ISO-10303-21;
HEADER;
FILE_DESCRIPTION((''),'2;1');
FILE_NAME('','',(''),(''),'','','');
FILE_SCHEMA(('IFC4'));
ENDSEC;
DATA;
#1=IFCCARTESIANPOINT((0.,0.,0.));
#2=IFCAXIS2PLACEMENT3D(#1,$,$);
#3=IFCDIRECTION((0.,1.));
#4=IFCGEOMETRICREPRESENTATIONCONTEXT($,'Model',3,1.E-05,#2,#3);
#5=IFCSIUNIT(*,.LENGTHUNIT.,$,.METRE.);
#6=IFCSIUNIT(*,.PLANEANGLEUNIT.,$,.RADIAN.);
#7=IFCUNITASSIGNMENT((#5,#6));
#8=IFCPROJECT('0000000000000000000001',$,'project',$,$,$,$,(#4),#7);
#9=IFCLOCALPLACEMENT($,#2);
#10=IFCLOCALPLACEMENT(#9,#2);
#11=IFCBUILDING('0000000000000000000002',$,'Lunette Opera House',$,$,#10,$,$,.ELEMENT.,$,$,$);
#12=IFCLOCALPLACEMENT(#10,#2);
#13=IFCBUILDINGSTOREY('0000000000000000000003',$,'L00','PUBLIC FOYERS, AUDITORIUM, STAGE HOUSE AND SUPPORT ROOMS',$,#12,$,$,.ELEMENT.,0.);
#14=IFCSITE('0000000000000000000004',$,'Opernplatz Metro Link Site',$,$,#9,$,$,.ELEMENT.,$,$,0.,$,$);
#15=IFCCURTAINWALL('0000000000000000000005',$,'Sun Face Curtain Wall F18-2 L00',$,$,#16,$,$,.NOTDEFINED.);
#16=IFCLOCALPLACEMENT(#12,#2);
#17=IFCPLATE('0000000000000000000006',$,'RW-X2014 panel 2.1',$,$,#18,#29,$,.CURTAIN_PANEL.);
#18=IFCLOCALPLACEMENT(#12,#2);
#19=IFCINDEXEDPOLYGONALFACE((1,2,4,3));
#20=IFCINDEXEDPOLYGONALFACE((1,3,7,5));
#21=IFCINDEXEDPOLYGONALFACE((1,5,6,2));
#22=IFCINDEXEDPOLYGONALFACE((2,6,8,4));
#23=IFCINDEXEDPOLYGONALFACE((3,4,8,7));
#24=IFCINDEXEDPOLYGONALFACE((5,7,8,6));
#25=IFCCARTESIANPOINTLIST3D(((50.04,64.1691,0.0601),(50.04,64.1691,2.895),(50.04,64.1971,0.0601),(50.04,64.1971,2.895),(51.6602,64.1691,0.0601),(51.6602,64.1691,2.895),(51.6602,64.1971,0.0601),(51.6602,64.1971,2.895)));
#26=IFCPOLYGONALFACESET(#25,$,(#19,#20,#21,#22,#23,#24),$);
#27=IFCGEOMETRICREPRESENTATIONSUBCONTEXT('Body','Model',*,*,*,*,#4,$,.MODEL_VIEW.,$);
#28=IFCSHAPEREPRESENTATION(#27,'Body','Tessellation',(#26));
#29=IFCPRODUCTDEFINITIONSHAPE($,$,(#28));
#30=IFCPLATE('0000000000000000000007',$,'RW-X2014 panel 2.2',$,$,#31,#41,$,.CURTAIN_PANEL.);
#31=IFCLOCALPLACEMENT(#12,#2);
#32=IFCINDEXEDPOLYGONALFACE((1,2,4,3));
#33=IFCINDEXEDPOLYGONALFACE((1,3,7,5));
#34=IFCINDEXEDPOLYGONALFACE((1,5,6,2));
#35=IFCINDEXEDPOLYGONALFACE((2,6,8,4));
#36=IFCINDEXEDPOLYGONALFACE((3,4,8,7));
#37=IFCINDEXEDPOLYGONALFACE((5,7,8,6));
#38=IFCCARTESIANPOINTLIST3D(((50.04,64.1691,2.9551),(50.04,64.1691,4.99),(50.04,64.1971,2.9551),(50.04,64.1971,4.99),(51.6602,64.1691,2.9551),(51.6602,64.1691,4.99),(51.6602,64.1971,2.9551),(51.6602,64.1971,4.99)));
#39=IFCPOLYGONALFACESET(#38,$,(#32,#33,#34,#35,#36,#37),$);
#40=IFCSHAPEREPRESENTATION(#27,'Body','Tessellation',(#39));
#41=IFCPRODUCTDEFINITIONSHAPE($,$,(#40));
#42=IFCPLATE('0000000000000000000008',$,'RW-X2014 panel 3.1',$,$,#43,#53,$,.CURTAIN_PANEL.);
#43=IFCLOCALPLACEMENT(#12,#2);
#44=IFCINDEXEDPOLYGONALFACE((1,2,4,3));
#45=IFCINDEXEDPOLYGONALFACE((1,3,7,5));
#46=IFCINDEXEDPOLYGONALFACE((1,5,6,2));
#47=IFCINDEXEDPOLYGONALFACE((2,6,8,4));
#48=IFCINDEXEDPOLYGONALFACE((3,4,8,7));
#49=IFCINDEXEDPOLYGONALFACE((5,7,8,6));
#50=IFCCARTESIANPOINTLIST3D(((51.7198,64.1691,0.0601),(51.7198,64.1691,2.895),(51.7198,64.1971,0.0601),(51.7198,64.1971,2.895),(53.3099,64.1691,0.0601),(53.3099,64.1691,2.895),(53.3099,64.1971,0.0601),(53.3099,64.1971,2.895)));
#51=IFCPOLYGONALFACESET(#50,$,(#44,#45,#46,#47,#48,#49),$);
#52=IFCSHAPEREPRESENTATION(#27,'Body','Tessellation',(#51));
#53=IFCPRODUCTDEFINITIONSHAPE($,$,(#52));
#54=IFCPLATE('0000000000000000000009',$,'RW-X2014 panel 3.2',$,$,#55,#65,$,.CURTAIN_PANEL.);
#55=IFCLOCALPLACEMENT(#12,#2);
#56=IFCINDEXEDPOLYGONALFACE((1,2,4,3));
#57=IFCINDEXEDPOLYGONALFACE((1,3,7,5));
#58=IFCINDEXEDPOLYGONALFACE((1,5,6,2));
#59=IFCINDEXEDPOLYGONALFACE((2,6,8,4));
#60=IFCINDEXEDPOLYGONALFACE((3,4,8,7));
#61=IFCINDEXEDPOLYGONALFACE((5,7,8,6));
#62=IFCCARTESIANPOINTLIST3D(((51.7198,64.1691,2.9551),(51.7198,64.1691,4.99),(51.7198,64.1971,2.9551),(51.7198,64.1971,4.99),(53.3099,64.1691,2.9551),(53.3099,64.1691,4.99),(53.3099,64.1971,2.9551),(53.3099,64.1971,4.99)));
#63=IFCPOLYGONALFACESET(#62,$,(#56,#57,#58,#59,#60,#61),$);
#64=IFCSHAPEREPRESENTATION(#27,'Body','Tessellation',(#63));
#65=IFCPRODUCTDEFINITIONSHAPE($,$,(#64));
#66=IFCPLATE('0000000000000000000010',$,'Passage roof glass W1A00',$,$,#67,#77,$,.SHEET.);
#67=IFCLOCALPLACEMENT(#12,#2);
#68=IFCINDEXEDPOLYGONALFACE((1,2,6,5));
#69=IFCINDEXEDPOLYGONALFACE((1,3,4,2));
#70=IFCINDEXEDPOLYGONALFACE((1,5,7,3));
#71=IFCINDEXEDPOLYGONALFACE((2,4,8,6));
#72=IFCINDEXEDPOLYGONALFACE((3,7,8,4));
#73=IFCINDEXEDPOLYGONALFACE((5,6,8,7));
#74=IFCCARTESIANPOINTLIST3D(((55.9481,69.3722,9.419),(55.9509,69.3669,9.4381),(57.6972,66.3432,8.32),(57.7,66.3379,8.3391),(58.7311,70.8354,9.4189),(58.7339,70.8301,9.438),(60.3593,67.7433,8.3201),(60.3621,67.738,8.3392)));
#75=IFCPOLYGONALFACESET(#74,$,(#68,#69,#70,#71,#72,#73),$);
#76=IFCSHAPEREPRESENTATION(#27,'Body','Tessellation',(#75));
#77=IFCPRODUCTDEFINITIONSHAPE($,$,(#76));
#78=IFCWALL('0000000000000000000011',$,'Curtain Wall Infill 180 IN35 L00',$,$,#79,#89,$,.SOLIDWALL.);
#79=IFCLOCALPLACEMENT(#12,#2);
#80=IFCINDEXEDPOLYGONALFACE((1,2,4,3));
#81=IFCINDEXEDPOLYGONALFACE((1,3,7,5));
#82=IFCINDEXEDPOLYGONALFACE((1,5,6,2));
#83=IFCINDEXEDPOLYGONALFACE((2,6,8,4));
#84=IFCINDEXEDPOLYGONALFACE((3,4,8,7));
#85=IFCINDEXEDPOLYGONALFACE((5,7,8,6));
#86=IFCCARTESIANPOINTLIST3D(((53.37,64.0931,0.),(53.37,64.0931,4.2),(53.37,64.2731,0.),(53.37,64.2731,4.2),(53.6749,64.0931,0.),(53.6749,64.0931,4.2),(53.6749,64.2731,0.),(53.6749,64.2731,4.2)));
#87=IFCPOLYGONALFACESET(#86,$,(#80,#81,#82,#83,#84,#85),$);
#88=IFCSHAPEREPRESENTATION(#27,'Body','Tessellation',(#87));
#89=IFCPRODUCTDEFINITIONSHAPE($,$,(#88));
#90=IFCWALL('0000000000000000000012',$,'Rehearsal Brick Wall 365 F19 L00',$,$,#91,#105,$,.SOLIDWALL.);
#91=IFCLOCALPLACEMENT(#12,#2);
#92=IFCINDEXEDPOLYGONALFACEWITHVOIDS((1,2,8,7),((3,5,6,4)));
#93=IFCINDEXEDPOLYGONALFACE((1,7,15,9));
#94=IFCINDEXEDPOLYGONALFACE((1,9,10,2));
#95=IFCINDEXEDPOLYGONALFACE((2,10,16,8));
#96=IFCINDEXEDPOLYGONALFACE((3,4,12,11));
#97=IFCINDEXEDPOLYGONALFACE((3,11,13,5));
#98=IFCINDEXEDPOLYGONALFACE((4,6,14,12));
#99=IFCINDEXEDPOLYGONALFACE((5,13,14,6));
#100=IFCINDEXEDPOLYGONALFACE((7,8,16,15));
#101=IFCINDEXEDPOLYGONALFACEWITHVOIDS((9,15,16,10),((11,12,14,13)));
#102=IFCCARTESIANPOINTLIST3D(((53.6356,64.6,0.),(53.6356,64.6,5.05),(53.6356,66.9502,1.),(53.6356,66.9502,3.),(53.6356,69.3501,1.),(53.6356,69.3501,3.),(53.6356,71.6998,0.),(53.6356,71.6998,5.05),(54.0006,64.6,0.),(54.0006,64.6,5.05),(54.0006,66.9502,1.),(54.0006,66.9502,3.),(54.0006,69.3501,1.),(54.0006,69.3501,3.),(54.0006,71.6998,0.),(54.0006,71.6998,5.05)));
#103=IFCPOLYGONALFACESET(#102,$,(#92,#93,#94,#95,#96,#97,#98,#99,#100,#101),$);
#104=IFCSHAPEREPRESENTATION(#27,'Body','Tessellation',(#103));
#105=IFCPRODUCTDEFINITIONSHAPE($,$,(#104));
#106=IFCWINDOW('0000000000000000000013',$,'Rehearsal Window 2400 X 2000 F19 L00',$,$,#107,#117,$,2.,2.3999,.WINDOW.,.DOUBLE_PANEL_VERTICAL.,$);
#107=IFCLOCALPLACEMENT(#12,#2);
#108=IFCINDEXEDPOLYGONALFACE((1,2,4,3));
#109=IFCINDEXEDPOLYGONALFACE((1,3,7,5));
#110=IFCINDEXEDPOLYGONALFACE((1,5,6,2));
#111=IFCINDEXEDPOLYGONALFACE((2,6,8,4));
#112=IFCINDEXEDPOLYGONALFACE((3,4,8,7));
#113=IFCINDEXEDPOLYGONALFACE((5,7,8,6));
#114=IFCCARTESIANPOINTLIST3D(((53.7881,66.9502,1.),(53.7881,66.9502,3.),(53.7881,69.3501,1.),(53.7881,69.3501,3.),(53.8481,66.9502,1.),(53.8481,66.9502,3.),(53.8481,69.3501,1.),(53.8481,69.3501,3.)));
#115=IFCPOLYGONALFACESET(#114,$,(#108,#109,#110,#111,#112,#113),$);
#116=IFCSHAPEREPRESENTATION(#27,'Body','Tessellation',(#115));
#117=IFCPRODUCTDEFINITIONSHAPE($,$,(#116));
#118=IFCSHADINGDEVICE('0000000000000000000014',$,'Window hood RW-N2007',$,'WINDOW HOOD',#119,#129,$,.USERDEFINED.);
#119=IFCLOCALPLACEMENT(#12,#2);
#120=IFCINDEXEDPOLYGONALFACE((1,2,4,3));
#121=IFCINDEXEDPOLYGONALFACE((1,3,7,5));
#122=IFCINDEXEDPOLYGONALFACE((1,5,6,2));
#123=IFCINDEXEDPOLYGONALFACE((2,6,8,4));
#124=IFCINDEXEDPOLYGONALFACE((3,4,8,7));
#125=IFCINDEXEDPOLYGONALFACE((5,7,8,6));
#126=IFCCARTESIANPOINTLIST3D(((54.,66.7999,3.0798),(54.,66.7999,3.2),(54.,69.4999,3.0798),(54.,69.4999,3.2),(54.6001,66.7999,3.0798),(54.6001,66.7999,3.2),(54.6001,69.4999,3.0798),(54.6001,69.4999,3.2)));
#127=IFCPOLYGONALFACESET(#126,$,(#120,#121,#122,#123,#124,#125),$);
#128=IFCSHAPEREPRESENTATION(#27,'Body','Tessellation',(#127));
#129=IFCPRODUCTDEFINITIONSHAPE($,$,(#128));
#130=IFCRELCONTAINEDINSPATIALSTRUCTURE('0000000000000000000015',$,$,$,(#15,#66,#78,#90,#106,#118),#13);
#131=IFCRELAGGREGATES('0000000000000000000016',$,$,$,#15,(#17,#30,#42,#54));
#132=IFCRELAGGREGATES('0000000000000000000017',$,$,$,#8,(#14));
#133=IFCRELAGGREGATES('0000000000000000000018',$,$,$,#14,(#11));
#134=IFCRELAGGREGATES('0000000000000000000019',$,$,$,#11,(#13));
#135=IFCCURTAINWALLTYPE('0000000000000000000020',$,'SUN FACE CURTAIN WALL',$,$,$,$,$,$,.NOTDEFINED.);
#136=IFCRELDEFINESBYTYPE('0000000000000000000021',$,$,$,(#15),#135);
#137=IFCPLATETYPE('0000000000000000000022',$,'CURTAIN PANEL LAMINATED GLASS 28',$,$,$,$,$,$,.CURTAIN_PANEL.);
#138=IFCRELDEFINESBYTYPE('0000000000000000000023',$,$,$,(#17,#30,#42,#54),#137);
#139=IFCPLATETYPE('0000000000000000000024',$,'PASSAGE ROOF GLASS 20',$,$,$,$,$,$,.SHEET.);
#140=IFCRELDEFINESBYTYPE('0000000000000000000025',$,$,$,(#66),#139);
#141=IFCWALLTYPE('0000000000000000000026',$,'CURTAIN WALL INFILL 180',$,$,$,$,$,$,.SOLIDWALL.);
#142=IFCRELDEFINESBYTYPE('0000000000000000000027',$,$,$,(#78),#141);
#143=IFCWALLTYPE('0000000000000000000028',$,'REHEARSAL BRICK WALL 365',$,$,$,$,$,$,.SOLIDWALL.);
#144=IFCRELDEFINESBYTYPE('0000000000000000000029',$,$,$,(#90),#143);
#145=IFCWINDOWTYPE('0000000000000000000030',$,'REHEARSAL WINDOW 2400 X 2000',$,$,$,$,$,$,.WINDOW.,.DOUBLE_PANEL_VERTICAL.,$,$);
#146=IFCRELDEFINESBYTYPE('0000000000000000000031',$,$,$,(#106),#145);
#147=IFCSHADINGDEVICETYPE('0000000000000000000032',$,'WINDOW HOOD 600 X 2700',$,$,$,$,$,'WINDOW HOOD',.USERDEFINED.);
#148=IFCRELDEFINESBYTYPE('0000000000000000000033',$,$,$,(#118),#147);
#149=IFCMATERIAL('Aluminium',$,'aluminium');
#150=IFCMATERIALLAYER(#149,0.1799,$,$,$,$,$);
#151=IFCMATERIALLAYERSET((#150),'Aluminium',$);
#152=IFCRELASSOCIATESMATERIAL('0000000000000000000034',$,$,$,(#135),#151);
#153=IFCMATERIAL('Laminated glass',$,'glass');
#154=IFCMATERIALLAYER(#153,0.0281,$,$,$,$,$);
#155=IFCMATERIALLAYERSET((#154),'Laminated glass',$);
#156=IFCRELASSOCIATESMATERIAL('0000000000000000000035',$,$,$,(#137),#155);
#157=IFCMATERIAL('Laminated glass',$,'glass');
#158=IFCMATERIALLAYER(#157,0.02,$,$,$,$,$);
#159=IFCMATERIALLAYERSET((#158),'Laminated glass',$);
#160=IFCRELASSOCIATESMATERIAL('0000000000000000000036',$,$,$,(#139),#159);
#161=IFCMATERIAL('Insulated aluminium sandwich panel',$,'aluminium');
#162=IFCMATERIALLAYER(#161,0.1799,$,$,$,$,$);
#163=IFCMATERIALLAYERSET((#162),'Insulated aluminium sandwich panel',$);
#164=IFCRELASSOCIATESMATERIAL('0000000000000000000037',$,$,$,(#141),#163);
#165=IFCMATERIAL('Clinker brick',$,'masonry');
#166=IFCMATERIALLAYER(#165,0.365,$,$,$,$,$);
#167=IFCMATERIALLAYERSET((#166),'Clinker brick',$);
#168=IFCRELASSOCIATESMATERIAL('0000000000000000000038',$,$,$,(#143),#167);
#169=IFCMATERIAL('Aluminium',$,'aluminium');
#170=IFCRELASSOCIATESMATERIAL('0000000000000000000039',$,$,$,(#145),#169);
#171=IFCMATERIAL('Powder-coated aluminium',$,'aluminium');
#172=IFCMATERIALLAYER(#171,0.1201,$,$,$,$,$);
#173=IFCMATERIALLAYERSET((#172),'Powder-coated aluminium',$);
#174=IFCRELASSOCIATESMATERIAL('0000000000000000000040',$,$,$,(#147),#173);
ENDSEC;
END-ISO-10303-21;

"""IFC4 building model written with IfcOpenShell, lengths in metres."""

from ifc_helpers import new_model, si_unit, direction, frame, frame_2d, origin, origin_2d, place, context, subcontext, project, spatial, polyline, rectangle, outline, extrude, material, layer, layer_set, type_object, element, fill, aggregate, save


model = new_model("IFC4")

# Units and contexts
model_context = context("Model", 3, precision=1e-05, world=origin(), true_north=direction((0.0, 1.0)))
body_context = subcontext(model_context, "Body", "Model", "MODEL_VIEW")
ifc_project = project(units=[si_unit("LENGTHUNIT", "METRE"), si_unit("PLANEANGLEUNIT", "RADIAN")], contexts=[model_context])

# Site, building, storey
site_placement = place(None, origin())
site = spatial("IfcSite", under=ifc_project, at=site_placement, Name="Opernplatz Metro Link Site", CompositionType="ELEMENT", RefElevation=0.0)
building_placement = place(site_placement, origin())
building = spatial("IfcBuilding", under=site, at=building_placement, Name="Lunette Opera House", CompositionType="ELEMENT")
storey_placement = place(building_placement, origin())
storey = spatial("IfcBuildingStorey", under=building, at=storey_placement, Name="L00", Description="PUBLIC FOYERS, AUDITORIUM, STAGE HOUSE AND SUPPORT ROOMS", CompositionType="ELEMENT", Elevation=0.0)

# Curtain wall
ifc_material_1 = material(Name="Aluminium", Category="aluminium")
ifc_layer_1 = layer(ifc_material_1, 0.1799)
ifc_layer_set_1 = layer_set([ifc_layer_1], Name="Aluminium")
curtain_wall_type_1 = type_object("IfcCurtainWallType", Name="SUN FACE CURTAIN WALL", PredefinedType="NOTDEFINED", material=ifc_layer_set_1)
curtain_wall_1_placement = place(storey_placement, origin())
curtain_wall_1 = element("IfcCurtainWall", 1, at=curtain_wall_1_placement, inside=storey, type_object=curtain_wall_type_1, Name="Sun Face Curtain Wall F18-2 L00", PredefinedType="NOTDEFINED")

# Plates
ifc_material_2 = material(Name="Laminated glass", Category="glass")
ifc_layer_2 = layer(ifc_material_2, 0.0281)
ifc_layer_set_2 = layer_set([ifc_layer_2], Name="Laminated glass")
plate_type_1 = type_object("IfcPlateType", Name="CURTAIN PANEL LAMINATED GLASS 28", PredefinedType="CURTAIN_PANEL", material=ifc_layer_set_2)
plate_1_placement = place(storey_placement, frame((50.8501, 64.1831, 0.0601), z_axis=(0.0, 0.0, 1.0), x_axis=(1.0, 0.0, 0.0)))
plate_1 = element("IfcPlate", 2, at=plate_1_placement, type_object=plate_type_1, Name="RW-X2014 panel 2.1", PredefinedType="CURTAIN_PANEL", context=body_context, shape_type="SweptSolid", body=[
    extrude(rectangle(XDim=1.6201, YDim=0.0281, at=origin_2d()), origin(), (0.0, 0.0, 1.0), 2.835),
])
plate_2_placement = place(storey_placement, frame((50.8501, 64.1831, 2.9551), z_axis=(0.0, 0.0, 1.0), x_axis=(1.0, 0.0, 0.0)))
plate_2 = element("IfcPlate", 3, at=plate_2_placement, type_object=plate_type_1, Name="RW-X2014 panel 2.2", PredefinedType="CURTAIN_PANEL", context=body_context, shape_type="SweptSolid", body=[
    extrude(rectangle(XDim=1.6201, YDim=0.0281, at=origin_2d()), origin(), (0.0, 0.0, 1.0), 2.0349),
])
plate_3_placement = place(storey_placement, frame((52.5149, 64.1831, 0.0601), z_axis=(0.0, 0.0, 1.0), x_axis=(1.0, 0.0, 0.0)))
plate_3 = element("IfcPlate", 4, at=plate_3_placement, type_object=plate_type_1, Name="RW-X2014 panel 3.1", PredefinedType="CURTAIN_PANEL", context=body_context, shape_type="SweptSolid", body=[
    extrude(rectangle(XDim=1.5901, YDim=0.0281, at=origin_2d()), origin(), (0.0, 0.0, 1.0), 2.835),
])
plate_4_placement = place(storey_placement, frame((52.5149, 64.1831, 2.9551), z_axis=(0.0, 0.0, 1.0), x_axis=(1.0, 0.0, 0.0)))
plate_4 = element("IfcPlate", 5, at=plate_4_placement, type_object=plate_type_1, Name="RW-X2014 panel 3.2", PredefinedType="CURTAIN_PANEL", context=body_context, shape_type="SweptSolid", body=[
    extrude(rectangle(XDim=1.5901, YDim=0.0281, at=origin_2d()), origin(), (0.0, 0.0, 1.0), 2.0349),
])
aggregate(curtain_wall_1, [plate_1, plate_2, plate_3, plate_4])
ifc_material_3 = material(Name="Laminated glass", Category="glass")
ifc_layer_3 = layer(ifc_material_3, 0.02)
ifc_layer_set_3 = layer_set([ifc_layer_3], Name="Laminated glass")
plate_type_2 = type_object("IfcPlateType", Name="PASSAGE ROOF GLASS 20", PredefinedType="SHEET", material=ifc_layer_set_3)
plate_5_placement = place(storey_placement, frame((57.7, 66.3379, 8.3391), z_axis=(0.139606, -0.265488, 0.953953), x_axis=(0.885054, 0.465489, 0.000024)))
element("IfcPlate", 6, at=plate_5_placement, inside=storey, type_object=plate_type_2, Name="Passage roof glass W1A00", PredefinedType="SHEET", context=body_context, shape_type="SweptSolid", body=[
    extrude(outline(polyline([(0.0, 0.0), (3.0079, 0.0), (3.0062, 3.6632), (-0.138, 3.6637), (0.0, 0.0)])), origin(), (0.0, 0.0, -1.0), 0.02),
])

# Wall
ifc_material_4 = material(Name="Insulated aluminium sandwich panel", Category="aluminium")
ifc_layer_4 = layer(ifc_material_4, 0.1799)
ifc_layer_set_4 = layer_set([ifc_layer_4], Name="Insulated aluminium sandwich panel")
wall_type_1 = type_object("IfcWallType", Name="CURTAIN WALL INFILL 180", PredefinedType="SOLIDWALL", material=ifc_layer_set_4)
wall_1_placement = place(storey_placement, frame((53.3701, 64.1831, 0.0), z_axis=(0.0, 0.0, 1.0), x_axis=(1.0, 0.0, 0.0)))
element("IfcWall", 7, at=wall_1_placement, inside=storey, type_object=wall_type_1, Name="Curtain Wall Infill 180 IN35 L00", PredefinedType="SOLIDWALL", context=body_context, shape_type="SweptSolid", body=[
    extrude(rectangle(XDim=0.3049, YDim=0.1799, at=frame_2d((0.1523, 0.0))), origin(), (0.0, 0.0, 1.0), 4.2),
])

# Wall, opening, window
ifc_material_5 = material(Name="Clinker brick", Category="masonry")
ifc_layer_5 = layer(ifc_material_5, 0.365)
ifc_layer_set_5 = layer_set([ifc_layer_5], Name="Clinker brick")
wall_type_2 = type_object("IfcWallType", Name="REHEARSAL BRICK WALL 365", PredefinedType="SOLIDWALL", material=ifc_layer_set_5)
wall_2_placement = place(storey_placement, frame((53.8181, 64.6001, 0.0), z_axis=(0.0, 0.0, 1.0), x_axis=(0.0, 1.0, 0.0)))
wall_2 = element("IfcWall", 8, at=wall_2_placement, inside=storey, type_object=wall_type_2, Name="Rehearsal Brick Wall 365 F19 L00", PredefinedType="SOLIDWALL", context=body_context, shape_type="SweptSolid", body=[
    extrude(rectangle(XDim=7.0999, YDim=0.365, at=frame_2d((3.5498, 0.0))), origin(), (0.0, 0.0, 1.0), 5.05),
])
opening_placement = place(wall_2_placement, frame((2.3501, 0.0, 1.0)))
opening = element("IfcOpeningElement", 9, at=opening_placement, cuts=wall_2, PredefinedType="OPENING", context=body_context, shape_type="SweptSolid", body=[
    extrude(rectangle(XDim=2.3999, YDim=2.0, at=frame_2d((1.2, 1.0))), frame((0.0, 0.1946, 0.0), z_axis=(0.0, -1.0, 0.0), x_axis=(1.0, 0.0, 0.0)), (0.0, 0.0, 1.0), 0.3889),
])
ifc_material_6 = material(Name="Aluminium", Category="aluminium")
window_type = type_object("IfcWindowType", Name="REHEARSAL WINDOW 2400 X 2000", PartitioningType="DOUBLE_PANEL_VERTICAL", PredefinedType="WINDOW", material=ifc_material_6)
window_placement = place(opening_placement, origin())
window = element("IfcWindow", 10, at=window_placement, inside=storey, type_object=window_type, Name="Rehearsal Window 2400 X 2000 F19 L00", OverallHeight=2.0, OverallWidth=2.3999, PartitioningType="DOUBLE_PANEL_VERTICAL", PredefinedType="WINDOW", context=body_context, shape_type="SweptSolid", body=[
    extrude(rectangle(XDim=2.3999, YDim=2.0, at=frame_2d((1.2, 1.0))), frame((0.0, 0.03, 0.0), z_axis=(0.0, -1.0, 0.0), x_axis=(1.0, 0.0, 0.0)), (0.0, 0.0, 1.0), 0.0601),
])
fill(opening, window)

# Shading device
ifc_material_7 = material(Name="Powder-coated aluminium", Category="aluminium")
ifc_layer_6 = layer(ifc_material_7, 0.1201)
ifc_layer_set_6 = layer_set([ifc_layer_6], Name="Powder-coated aluminium")
shading_device_type = type_object("IfcShadingDeviceType", Name="WINDOW HOOD 600 X 2700", ElementType="WINDOW HOOD", PredefinedType="USERDEFINED", material=ifc_layer_set_6)
shading_device_placement = place(storey_placement, frame((54.3, 68.1499, 3.0798), z_axis=(0.0, 0.0, 1.0), x_axis=(1.0, 0.0, 0.0)))
element("IfcShadingDevice", 11, at=shading_device_placement, inside=storey, type_object=shading_device_type, Name="Window hood RW-N2007", ObjectType="WINDOW HOOD", PredefinedType="USERDEFINED", context=body_context, shape_type="SweptSolid", body=[
    extrude(rectangle(XDim=0.6001, YDim=2.7, at=origin_2d()), origin(), (0.0, 0.0, 1.0), 0.1201),
])

save(model, "model.ifc")
